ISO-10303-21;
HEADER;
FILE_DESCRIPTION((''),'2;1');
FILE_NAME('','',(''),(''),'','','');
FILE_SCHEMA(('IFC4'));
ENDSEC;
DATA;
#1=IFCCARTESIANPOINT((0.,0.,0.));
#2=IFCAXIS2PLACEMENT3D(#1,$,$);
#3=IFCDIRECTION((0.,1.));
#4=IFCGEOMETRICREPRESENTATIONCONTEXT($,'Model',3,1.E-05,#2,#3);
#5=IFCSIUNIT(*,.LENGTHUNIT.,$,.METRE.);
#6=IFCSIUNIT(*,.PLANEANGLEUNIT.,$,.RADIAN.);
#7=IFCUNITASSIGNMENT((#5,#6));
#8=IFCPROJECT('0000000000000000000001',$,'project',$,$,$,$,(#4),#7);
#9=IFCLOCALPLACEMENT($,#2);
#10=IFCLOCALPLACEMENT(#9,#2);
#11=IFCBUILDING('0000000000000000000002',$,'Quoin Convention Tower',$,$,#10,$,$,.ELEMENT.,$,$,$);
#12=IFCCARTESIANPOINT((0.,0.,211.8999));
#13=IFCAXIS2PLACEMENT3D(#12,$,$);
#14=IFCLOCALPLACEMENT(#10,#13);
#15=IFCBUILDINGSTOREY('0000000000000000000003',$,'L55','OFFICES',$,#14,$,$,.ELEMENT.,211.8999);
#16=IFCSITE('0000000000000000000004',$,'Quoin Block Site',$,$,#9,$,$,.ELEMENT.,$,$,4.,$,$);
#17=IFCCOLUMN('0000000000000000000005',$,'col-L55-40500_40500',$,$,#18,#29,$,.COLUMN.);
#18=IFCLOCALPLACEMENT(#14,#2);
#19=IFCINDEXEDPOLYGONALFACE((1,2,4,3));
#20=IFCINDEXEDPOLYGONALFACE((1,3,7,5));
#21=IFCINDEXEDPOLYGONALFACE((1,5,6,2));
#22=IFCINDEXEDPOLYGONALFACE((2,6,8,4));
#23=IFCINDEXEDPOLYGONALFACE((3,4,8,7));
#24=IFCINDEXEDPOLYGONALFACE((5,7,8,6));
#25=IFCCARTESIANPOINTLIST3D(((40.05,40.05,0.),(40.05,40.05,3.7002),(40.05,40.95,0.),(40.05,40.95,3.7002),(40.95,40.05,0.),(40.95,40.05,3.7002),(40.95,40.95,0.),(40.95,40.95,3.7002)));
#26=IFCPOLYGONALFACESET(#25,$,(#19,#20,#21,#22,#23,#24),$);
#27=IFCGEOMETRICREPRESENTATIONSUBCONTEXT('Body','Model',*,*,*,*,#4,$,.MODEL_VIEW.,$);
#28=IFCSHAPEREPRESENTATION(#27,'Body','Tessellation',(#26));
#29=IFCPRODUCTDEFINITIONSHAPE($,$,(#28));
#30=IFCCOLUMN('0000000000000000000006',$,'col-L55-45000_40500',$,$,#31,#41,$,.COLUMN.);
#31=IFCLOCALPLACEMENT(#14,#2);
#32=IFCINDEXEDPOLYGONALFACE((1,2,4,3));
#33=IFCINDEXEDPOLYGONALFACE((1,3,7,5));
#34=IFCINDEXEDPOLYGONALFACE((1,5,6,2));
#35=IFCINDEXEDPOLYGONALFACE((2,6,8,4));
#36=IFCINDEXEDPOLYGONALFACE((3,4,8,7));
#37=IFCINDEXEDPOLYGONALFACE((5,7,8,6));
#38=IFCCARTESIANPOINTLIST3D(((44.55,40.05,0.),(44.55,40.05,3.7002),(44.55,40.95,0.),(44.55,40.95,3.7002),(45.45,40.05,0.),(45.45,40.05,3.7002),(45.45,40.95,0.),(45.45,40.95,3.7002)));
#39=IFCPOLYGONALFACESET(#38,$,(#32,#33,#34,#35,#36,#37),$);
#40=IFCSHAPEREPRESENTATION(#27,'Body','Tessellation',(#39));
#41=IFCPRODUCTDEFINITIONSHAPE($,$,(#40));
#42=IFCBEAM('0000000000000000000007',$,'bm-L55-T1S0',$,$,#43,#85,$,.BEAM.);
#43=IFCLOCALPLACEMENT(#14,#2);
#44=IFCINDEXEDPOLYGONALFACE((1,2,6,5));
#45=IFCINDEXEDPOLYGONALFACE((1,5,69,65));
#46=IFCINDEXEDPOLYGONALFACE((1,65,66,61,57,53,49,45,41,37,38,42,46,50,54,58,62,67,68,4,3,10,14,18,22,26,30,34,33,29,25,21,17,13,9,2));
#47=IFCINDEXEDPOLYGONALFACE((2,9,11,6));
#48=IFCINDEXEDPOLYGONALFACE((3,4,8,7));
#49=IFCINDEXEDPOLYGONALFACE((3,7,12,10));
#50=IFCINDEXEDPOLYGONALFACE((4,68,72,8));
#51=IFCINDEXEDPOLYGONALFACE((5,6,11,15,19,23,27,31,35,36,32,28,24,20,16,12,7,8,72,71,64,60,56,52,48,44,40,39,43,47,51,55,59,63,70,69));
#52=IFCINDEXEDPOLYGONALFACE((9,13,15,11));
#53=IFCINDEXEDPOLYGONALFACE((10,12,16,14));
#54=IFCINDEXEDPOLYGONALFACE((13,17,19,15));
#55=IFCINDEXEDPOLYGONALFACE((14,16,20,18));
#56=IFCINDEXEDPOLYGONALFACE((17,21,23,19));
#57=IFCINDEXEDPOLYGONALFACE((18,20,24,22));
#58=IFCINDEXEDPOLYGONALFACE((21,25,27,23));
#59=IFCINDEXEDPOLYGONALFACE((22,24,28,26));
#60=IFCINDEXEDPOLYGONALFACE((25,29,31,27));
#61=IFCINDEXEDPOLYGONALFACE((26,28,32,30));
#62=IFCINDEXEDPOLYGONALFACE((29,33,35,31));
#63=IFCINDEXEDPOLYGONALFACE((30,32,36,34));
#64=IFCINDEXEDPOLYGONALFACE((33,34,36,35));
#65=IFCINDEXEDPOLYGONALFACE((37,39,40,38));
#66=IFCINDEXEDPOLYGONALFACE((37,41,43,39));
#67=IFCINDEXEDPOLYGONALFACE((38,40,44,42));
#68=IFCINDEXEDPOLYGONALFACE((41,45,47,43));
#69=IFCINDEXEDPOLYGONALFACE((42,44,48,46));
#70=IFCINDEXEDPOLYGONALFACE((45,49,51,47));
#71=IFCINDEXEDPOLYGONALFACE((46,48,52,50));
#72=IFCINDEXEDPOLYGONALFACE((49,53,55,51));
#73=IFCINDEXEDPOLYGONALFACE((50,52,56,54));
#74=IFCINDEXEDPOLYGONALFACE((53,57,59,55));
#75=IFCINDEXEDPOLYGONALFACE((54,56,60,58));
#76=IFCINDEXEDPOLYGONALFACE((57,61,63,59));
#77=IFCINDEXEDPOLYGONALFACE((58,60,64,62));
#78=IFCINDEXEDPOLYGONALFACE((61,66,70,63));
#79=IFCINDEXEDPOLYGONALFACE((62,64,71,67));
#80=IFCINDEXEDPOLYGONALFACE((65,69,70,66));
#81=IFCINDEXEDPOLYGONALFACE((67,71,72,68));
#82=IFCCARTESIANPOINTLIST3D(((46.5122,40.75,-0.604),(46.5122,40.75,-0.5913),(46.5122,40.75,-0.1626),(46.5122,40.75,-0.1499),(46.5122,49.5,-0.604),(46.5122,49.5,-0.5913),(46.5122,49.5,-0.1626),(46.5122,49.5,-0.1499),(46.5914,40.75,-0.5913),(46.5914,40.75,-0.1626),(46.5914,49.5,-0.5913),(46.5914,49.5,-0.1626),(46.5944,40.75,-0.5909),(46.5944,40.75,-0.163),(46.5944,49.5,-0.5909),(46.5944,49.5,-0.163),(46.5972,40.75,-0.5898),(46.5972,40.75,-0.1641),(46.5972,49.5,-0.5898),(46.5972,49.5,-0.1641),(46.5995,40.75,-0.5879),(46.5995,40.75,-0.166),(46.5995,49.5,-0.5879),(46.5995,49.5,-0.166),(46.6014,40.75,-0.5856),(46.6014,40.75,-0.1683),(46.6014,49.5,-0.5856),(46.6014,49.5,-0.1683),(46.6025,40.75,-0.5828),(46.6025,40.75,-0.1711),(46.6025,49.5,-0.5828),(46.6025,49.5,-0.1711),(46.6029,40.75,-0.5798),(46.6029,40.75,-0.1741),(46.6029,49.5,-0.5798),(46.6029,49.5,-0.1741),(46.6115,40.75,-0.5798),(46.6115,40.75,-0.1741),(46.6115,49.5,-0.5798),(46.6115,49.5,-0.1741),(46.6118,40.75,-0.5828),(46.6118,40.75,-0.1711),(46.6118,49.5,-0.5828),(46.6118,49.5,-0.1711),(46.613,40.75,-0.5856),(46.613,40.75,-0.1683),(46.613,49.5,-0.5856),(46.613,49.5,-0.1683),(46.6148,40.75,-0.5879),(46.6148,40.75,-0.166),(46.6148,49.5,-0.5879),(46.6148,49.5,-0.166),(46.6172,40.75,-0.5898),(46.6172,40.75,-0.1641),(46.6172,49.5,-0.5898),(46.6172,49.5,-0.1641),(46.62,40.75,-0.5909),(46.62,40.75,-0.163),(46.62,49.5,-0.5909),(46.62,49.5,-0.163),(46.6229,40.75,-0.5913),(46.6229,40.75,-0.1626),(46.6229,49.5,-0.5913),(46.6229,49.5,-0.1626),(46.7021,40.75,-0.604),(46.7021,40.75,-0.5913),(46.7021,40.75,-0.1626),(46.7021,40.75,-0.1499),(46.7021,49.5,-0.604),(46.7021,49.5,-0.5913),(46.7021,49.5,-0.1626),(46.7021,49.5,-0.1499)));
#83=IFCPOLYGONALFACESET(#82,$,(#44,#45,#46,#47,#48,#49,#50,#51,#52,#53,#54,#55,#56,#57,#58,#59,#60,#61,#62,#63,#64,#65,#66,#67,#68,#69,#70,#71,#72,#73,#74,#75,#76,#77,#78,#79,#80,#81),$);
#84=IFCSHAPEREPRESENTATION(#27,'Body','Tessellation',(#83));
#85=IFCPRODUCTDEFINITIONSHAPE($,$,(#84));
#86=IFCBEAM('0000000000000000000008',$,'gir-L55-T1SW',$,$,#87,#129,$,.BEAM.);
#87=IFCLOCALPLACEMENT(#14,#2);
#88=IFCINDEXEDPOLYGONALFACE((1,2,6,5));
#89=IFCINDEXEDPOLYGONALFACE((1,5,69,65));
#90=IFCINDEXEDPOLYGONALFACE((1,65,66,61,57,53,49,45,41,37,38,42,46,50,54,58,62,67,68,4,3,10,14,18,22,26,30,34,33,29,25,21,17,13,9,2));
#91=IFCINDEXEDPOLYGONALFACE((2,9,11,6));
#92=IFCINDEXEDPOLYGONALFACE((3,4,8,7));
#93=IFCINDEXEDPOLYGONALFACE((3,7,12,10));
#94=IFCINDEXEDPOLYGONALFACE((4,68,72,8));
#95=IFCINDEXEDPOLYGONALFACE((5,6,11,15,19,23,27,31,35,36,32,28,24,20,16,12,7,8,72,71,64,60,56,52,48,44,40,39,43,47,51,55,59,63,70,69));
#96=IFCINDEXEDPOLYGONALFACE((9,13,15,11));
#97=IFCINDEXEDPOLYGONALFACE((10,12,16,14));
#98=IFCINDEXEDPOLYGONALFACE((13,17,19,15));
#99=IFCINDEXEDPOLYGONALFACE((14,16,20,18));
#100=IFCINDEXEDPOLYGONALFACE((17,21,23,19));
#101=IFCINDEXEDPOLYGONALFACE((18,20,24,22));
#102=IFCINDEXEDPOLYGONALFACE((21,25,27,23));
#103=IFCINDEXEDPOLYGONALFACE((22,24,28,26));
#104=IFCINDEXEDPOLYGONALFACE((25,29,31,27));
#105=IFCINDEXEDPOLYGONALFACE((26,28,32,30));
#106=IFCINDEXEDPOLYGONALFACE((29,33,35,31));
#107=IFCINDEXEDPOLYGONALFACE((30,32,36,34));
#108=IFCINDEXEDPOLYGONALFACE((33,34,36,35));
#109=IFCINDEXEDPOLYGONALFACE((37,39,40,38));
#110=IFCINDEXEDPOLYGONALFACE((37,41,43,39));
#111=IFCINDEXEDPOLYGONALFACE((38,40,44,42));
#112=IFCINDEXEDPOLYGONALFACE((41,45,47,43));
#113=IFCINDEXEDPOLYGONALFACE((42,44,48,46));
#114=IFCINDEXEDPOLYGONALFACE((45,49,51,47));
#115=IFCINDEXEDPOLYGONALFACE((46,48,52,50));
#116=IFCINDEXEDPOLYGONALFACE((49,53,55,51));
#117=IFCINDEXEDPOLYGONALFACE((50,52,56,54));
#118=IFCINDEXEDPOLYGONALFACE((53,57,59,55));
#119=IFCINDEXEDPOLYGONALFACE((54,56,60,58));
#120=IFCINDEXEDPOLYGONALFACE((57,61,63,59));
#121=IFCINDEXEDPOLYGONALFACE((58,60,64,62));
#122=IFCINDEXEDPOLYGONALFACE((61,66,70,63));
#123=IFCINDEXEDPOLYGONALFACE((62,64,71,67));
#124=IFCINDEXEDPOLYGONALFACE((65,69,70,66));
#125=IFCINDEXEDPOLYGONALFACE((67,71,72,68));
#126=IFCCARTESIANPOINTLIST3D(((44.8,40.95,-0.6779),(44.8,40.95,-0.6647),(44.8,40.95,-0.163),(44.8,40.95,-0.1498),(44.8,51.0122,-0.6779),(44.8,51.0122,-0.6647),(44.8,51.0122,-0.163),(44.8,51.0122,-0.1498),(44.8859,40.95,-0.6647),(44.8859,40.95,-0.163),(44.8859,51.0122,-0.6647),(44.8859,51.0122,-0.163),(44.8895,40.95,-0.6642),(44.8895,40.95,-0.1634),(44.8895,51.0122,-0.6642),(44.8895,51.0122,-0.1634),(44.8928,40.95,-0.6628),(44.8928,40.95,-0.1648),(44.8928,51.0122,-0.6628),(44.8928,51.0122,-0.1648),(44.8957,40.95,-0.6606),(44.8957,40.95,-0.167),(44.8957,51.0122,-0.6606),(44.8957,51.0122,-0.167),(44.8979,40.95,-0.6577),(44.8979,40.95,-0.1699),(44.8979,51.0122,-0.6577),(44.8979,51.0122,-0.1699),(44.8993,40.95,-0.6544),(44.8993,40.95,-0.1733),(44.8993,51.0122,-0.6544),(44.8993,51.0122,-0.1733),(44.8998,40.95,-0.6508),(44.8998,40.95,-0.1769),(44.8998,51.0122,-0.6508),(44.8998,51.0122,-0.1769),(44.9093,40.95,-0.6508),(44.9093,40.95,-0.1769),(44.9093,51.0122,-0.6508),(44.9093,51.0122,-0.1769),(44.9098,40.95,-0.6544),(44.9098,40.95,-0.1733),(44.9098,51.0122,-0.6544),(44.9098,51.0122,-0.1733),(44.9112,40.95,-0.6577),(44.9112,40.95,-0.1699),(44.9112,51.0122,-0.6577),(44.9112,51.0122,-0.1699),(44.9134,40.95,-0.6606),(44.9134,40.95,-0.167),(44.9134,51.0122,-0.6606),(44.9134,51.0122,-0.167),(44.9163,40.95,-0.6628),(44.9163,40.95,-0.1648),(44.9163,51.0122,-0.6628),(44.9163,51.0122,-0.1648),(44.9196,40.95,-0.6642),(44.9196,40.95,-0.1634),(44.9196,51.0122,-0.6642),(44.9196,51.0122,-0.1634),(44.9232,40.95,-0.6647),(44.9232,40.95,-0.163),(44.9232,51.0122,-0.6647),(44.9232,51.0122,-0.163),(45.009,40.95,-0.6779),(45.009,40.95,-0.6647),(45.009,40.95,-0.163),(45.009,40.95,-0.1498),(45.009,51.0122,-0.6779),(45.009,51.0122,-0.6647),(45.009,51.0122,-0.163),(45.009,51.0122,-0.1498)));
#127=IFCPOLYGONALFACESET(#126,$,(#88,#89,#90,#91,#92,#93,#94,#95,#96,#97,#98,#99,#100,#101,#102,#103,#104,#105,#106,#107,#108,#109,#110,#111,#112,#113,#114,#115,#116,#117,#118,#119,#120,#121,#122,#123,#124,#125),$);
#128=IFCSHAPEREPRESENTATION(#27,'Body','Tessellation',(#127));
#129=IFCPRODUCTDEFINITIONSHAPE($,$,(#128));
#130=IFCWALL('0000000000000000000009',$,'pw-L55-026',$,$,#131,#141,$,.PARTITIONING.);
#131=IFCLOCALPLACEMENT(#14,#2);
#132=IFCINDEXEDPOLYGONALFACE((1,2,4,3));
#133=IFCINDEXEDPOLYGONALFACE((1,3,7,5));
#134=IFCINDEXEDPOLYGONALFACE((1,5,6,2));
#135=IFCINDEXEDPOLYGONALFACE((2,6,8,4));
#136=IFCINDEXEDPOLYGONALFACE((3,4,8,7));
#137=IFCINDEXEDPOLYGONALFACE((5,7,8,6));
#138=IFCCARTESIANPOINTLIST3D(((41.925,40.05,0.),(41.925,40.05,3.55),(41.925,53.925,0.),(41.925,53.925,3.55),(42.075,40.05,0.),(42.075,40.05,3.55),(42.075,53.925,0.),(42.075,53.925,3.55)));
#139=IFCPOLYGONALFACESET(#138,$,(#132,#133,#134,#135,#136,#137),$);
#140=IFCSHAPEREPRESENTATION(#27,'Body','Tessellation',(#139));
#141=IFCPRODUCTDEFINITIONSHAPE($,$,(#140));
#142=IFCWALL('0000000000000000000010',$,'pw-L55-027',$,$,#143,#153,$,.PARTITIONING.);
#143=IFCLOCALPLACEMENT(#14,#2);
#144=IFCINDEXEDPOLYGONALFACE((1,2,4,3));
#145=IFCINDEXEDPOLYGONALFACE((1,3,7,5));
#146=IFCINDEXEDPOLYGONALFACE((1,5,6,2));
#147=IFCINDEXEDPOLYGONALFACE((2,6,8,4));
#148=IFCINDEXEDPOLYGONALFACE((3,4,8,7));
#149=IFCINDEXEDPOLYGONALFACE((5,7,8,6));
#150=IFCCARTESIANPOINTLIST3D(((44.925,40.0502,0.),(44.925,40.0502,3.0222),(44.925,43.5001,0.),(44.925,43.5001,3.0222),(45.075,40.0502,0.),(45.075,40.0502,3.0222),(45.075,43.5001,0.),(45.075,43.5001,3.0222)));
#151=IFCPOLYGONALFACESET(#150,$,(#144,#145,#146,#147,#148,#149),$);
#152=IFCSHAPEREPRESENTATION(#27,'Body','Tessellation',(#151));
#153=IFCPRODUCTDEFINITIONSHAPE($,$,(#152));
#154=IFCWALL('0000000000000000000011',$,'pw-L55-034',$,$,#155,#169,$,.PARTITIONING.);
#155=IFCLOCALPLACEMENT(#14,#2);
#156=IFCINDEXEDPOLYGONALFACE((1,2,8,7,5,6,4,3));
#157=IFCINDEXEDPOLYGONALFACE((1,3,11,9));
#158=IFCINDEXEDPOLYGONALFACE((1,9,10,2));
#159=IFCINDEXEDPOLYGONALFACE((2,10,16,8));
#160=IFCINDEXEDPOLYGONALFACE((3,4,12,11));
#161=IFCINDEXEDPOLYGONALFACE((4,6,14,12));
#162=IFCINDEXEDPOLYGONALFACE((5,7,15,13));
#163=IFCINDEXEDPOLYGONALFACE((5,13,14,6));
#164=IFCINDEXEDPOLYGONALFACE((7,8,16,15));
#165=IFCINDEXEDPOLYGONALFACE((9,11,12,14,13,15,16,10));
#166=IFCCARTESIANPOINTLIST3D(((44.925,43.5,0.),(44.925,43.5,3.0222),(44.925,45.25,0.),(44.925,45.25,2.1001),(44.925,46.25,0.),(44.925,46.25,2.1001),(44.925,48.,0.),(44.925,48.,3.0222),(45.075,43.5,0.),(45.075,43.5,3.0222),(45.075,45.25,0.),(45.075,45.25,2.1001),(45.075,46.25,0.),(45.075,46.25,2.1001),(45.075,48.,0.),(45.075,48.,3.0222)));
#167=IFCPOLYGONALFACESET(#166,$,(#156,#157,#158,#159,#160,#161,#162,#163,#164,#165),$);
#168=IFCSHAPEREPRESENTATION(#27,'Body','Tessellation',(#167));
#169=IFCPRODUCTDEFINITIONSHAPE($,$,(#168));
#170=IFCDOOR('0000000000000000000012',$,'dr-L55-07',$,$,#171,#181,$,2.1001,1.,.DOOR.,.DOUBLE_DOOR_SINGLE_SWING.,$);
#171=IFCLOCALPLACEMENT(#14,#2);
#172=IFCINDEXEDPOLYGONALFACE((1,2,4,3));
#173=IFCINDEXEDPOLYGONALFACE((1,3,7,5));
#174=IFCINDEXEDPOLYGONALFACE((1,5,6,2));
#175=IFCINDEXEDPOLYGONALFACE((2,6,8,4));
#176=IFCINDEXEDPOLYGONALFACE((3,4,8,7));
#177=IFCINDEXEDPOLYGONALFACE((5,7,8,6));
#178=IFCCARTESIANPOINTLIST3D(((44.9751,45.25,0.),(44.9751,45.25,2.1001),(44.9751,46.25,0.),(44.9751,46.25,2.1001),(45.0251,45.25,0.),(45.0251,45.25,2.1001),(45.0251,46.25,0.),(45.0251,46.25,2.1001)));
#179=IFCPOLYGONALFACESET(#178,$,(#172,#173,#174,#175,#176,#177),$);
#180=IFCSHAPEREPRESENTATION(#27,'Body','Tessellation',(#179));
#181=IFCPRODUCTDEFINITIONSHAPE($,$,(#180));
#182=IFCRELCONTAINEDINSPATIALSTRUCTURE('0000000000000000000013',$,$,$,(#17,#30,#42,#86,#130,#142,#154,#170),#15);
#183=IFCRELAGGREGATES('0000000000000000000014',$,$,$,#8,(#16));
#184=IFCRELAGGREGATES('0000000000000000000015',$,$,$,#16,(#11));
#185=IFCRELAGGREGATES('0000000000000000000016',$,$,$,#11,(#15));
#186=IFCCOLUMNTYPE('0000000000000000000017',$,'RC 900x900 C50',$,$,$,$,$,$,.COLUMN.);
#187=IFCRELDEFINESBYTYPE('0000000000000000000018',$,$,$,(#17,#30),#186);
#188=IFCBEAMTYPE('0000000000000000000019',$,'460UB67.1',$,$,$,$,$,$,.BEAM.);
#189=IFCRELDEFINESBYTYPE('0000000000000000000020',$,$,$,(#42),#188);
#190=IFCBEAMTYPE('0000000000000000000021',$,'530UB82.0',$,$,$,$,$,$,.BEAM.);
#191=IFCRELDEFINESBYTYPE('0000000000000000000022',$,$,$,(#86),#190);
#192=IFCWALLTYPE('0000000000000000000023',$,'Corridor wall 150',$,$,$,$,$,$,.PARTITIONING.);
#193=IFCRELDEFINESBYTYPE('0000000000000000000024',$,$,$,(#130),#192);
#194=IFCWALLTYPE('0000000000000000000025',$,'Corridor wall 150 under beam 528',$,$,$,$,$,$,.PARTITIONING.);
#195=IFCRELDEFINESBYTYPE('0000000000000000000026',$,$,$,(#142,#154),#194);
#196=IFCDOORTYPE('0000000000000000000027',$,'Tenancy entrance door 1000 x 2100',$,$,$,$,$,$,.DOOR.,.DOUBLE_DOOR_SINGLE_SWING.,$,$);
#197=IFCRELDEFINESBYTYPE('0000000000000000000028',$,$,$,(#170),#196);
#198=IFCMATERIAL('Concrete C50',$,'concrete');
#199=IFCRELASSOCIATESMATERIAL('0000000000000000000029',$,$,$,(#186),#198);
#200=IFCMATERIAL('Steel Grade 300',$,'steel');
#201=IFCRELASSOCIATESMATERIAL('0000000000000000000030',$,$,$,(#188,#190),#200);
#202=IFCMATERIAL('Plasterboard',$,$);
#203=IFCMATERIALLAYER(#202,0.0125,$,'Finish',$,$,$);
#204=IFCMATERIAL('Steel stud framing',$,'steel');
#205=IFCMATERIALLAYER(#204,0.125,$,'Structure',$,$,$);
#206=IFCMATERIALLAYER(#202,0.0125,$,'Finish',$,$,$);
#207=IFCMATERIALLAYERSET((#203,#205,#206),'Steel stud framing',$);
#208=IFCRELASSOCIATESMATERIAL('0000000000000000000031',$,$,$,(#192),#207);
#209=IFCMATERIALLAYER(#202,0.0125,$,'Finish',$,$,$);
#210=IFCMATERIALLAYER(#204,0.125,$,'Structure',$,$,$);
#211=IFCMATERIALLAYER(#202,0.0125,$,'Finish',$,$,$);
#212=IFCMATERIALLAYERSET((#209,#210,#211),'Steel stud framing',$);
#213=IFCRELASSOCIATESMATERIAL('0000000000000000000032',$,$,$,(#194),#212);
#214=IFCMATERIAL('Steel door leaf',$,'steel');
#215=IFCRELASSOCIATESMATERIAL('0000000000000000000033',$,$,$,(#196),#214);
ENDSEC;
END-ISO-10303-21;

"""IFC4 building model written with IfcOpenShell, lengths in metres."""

from ifc_helpers import new_model, si_unit, direction, frame, frame_2d, origin, origin_2d, place, context, subcontext, project, spatial, rectangle, i_section, extrude, material, layer, layer_set, material_profile, profile_set, type_object, element, fill, save


model = new_model("IFC4")

# Units and contexts
model_context = context("Model", 3, precision=1e-05, world=origin(), true_north=direction((0.0, 1.0)))
body_context = subcontext(model_context, "Body", "Model", "MODEL_VIEW")
ifc_project = project(units=[si_unit("LENGTHUNIT", "METRE"), si_unit("PLANEANGLEUNIT", "RADIAN")], contexts=[model_context])

# Site, building, storey
site_placement = place(None, origin())
site = spatial("IfcSite", under=ifc_project, at=site_placement, Name="Quoin Block Site", CompositionType="ELEMENT", RefElevation=4.0)
building_placement = place(site_placement, origin())
building = spatial("IfcBuilding", under=site, at=building_placement, Name="Quoin Convention Tower", CompositionType="ELEMENT")
storey_placement = place(building_placement, frame((0.0, 0.0, 211.8999)))
storey = spatial("IfcBuildingStorey", under=building, at=storey_placement, Name="L55", Description="OFFICES", CompositionType="ELEMENT", Elevation=211.8999)

# Columns
ifc_material_1 = material(Name="Concrete C50", Category="concrete")
ifc_material_profile_1 = material_profile(ifc_material_1, rectangle(XDim=0.8999, YDim=0.8999, at=origin_2d()), Name="RC 900x900")
ifc_profile_set_1 = profile_set([ifc_material_profile_1], Name="Concrete C50")
column_type = type_object("IfcColumnType", Name="RC 900x900 C50", PredefinedType="COLUMN", material=ifc_profile_set_1)
for number, where, z_axis, x_axis, name in (
    (1, (40.5, 40.5, 0.0), (0.0, 0.0, 1.0), (1.0, 0.0, 0.0), "col-L55-40500_40500"),
    (2, (45.0, 40.5, 0.0), (0.0, 0.0, 1.0), (1.0, 0.0, 0.0), "col-L55-45000_40500"),
):
    element("IfcColumn", number, at=place(storey_placement, frame(where, z_axis=z_axis, x_axis=x_axis)), inside=storey, type_object=column_type, Name=name, PredefinedType="COLUMN", context=body_context, shape_type="SweptSolid", body=[
        extrude(rectangle(XDim=0.8999, YDim=0.8999, at=origin_2d()), origin(), (0.0, 0.0, 1.0), 3.7002),
    ])

# Beams
ifc_material_2 = material(Name="Steel Grade 300", Category="steel")
ifc_material_profile_2 = material_profile(ifc_material_2, i_section(OverallWidth=0.1899, OverallDepth=0.4541, WebThickness=0.0085, FlangeThickness=0.0127, FilletRadius=0.0115, at=origin_2d()), Name="460UB67.1")
ifc_profile_set_2 = profile_set([ifc_material_profile_2], Name="Steel Grade 300")
beam_type_1 = type_object("IfcBeamType", Name="460UB67.1", PredefinedType="BEAM", material=ifc_profile_set_2)
beam_1_placement = place(storey_placement, frame((46.6072, 40.75, -0.377), z_axis=(0.0, 1.0, 0.0), x_axis=(-1.0, 0.0, 0.0)))
element("IfcBeam", 3, at=beam_1_placement, inside=storey, type_object=beam_type_1, Name="bm-L55-T1S0", PredefinedType="BEAM", context=body_context, shape_type="SweptSolid", body=[
    extrude(i_section(OverallWidth=0.1899, OverallDepth=0.4541, WebThickness=0.0085, FlangeThickness=0.0127, FilletRadius=0.0115, at=origin_2d()), origin(), (0.0, 0.0, 1.0), 8.75),
])
ifc_material_profile_3 = material_profile(ifc_material_2, i_section(OverallWidth=0.209, OverallDepth=0.5281, WebThickness=0.0095, FlangeThickness=0.0132, FilletRadius=0.0139, at=origin_2d()), Name="530UB82.0")
ifc_profile_set_3 = profile_set([ifc_material_profile_3], Name="Steel Grade 300")
beam_type_2 = type_object("IfcBeamType", Name="530UB82.0", PredefinedType="BEAM", material=ifc_profile_set_3)
beam_2_placement = place(storey_placement, frame((44.9045, 40.95, -0.4138), z_axis=(0.0, 1.0, 0.0), x_axis=(-1.0, 0.0, 0.0)))
element("IfcBeam", 4, at=beam_2_placement, inside=storey, type_object=beam_type_2, Name="gir-L55-T1SW", PredefinedType="BEAM", context=body_context, shape_type="SweptSolid", body=[
    extrude(i_section(OverallWidth=0.209, OverallDepth=0.5281, WebThickness=0.0095, FlangeThickness=0.0132, FilletRadius=0.0139, at=origin_2d()), origin(), (0.0, 0.0, 1.0), 10.0623),
])

# Walls
ifc_material_3 = material(Name="Plasterboard")
ifc_layer_1 = layer(ifc_material_3, 0.0125, Name="Finish")
ifc_material_4 = material(Name="Steel stud framing", Category="steel")
ifc_layer_2 = layer(ifc_material_4, 0.125, Name="Structure")
ifc_layer_3 = layer(ifc_material_3, 0.0125, Name="Finish")
ifc_layer_set_1 = layer_set([ifc_layer_1, ifc_layer_2, ifc_layer_3], Name="Steel stud framing")
wall_type_1 = type_object("IfcWallType", Name="Corridor wall 150", PredefinedType="PARTITIONING", material=ifc_layer_set_1)
wall_1_placement = place(storey_placement, frame((42.0, 40.05, 0.0), z_axis=(0.0, 0.0, 1.0), x_axis=(0.0, 1.0, 0.0)))
element("IfcWall", 5, at=wall_1_placement, inside=storey, type_object=wall_type_1, Name="pw-L55-026", PredefinedType="PARTITIONING", context=body_context, shape_type="SweptSolid", body=[
    extrude(rectangle(XDim=13.875, YDim=0.1499, at=frame_2d((6.9375, 0.0))), origin(), (0.0, 0.0, 1.0), 3.55),
])
ifc_layer_4 = layer(ifc_material_3, 0.0125, Name="Finish")
ifc_layer_5 = layer(ifc_material_4, 0.125, Name="Structure")
ifc_layer_6 = layer(ifc_material_3, 0.0125, Name="Finish")
ifc_layer_set_2 = layer_set([ifc_layer_4, ifc_layer_5, ifc_layer_6], Name="Steel stud framing")
wall_type_2 = type_object("IfcWallType", Name="Corridor wall 150 under beam 528", PredefinedType="PARTITIONING", material=ifc_layer_set_2)
wall_2_placement = place(storey_placement, frame((45.0, 40.05, 0.0), z_axis=(0.0, 0.0, 1.0), x_axis=(0.0, 1.0, 0.0)))
element("IfcWall", 6, at=wall_2_placement, inside=storey, type_object=wall_type_2, Name="pw-L55-027", PredefinedType="PARTITIONING", context=body_context, shape_type="SweptSolid", body=[
    extrude(rectangle(XDim=3.45, YDim=0.1499, at=frame_2d((1.7251, 0.0))), origin(), (0.0, 0.0, 1.0), 3.0222),
])

# Wall, opening, door
wall_3_placement = place(storey_placement, frame((45.0, 43.5, 0.0), z_axis=(0.0, 0.0, 1.0), x_axis=(0.0, 1.0, 0.0)))
wall_3 = element("IfcWall", 7, at=wall_3_placement, inside=storey, type_object=wall_type_2, Name="pw-L55-034", PredefinedType="PARTITIONING", context=body_context, shape_type="SweptSolid", body=[
    extrude(rectangle(XDim=4.5, YDim=0.1499, at=frame_2d((2.25, 0.0))), origin(), (0.0, 0.0, 1.0), 3.0222),
])
opening_placement = place(wall_3_placement, frame((1.75, 0.0, 0.0)))
opening = element("IfcOpeningElement", 8, at=opening_placement, cuts=wall_3, PredefinedType="OPENING", context=body_context, shape_type="SweptSolid", body=[
    extrude(rectangle(XDim=1.0, YDim=2.1001, at=frame_2d((0.5, 1.05))), frame((0.0, 0.085, 0.0), z_axis=(0.0, -1.0, 0.0), x_axis=(1.0, 0.0, 0.0)), (0.0, 0.0, 1.0), 0.1699),
])
ifc_material_5 = material(Name="Steel door leaf", Category="steel")
door_type = type_object("IfcDoorType", Name="Tenancy entrance door 1000 x 2100", OperationType="DOUBLE_DOOR_SINGLE_SWING", PredefinedType="DOOR", material=ifc_material_5)
door_placement = place(opening_placement, origin())
door = element("IfcDoor", 9, at=door_placement, inside=storey, type_object=door_type, Name="dr-L55-07", OperationType="DOUBLE_DOOR_SINGLE_SWING", OverallHeight=2.1001, OverallWidth=1.0, PredefinedType="DOOR", context=body_context, shape_type="SweptSolid", body=[
    extrude(rectangle(XDim=1.0, YDim=2.1001, at=frame_2d((0.5, 1.05))), frame((0.0, 0.0249, 0.0), z_axis=(0.0, -1.0, 0.0), x_axis=(1.0, 0.0, 0.0)), (0.0, 0.0, 1.0), 0.05),
])
fill(opening, door)

save(model, "model.ifc")
